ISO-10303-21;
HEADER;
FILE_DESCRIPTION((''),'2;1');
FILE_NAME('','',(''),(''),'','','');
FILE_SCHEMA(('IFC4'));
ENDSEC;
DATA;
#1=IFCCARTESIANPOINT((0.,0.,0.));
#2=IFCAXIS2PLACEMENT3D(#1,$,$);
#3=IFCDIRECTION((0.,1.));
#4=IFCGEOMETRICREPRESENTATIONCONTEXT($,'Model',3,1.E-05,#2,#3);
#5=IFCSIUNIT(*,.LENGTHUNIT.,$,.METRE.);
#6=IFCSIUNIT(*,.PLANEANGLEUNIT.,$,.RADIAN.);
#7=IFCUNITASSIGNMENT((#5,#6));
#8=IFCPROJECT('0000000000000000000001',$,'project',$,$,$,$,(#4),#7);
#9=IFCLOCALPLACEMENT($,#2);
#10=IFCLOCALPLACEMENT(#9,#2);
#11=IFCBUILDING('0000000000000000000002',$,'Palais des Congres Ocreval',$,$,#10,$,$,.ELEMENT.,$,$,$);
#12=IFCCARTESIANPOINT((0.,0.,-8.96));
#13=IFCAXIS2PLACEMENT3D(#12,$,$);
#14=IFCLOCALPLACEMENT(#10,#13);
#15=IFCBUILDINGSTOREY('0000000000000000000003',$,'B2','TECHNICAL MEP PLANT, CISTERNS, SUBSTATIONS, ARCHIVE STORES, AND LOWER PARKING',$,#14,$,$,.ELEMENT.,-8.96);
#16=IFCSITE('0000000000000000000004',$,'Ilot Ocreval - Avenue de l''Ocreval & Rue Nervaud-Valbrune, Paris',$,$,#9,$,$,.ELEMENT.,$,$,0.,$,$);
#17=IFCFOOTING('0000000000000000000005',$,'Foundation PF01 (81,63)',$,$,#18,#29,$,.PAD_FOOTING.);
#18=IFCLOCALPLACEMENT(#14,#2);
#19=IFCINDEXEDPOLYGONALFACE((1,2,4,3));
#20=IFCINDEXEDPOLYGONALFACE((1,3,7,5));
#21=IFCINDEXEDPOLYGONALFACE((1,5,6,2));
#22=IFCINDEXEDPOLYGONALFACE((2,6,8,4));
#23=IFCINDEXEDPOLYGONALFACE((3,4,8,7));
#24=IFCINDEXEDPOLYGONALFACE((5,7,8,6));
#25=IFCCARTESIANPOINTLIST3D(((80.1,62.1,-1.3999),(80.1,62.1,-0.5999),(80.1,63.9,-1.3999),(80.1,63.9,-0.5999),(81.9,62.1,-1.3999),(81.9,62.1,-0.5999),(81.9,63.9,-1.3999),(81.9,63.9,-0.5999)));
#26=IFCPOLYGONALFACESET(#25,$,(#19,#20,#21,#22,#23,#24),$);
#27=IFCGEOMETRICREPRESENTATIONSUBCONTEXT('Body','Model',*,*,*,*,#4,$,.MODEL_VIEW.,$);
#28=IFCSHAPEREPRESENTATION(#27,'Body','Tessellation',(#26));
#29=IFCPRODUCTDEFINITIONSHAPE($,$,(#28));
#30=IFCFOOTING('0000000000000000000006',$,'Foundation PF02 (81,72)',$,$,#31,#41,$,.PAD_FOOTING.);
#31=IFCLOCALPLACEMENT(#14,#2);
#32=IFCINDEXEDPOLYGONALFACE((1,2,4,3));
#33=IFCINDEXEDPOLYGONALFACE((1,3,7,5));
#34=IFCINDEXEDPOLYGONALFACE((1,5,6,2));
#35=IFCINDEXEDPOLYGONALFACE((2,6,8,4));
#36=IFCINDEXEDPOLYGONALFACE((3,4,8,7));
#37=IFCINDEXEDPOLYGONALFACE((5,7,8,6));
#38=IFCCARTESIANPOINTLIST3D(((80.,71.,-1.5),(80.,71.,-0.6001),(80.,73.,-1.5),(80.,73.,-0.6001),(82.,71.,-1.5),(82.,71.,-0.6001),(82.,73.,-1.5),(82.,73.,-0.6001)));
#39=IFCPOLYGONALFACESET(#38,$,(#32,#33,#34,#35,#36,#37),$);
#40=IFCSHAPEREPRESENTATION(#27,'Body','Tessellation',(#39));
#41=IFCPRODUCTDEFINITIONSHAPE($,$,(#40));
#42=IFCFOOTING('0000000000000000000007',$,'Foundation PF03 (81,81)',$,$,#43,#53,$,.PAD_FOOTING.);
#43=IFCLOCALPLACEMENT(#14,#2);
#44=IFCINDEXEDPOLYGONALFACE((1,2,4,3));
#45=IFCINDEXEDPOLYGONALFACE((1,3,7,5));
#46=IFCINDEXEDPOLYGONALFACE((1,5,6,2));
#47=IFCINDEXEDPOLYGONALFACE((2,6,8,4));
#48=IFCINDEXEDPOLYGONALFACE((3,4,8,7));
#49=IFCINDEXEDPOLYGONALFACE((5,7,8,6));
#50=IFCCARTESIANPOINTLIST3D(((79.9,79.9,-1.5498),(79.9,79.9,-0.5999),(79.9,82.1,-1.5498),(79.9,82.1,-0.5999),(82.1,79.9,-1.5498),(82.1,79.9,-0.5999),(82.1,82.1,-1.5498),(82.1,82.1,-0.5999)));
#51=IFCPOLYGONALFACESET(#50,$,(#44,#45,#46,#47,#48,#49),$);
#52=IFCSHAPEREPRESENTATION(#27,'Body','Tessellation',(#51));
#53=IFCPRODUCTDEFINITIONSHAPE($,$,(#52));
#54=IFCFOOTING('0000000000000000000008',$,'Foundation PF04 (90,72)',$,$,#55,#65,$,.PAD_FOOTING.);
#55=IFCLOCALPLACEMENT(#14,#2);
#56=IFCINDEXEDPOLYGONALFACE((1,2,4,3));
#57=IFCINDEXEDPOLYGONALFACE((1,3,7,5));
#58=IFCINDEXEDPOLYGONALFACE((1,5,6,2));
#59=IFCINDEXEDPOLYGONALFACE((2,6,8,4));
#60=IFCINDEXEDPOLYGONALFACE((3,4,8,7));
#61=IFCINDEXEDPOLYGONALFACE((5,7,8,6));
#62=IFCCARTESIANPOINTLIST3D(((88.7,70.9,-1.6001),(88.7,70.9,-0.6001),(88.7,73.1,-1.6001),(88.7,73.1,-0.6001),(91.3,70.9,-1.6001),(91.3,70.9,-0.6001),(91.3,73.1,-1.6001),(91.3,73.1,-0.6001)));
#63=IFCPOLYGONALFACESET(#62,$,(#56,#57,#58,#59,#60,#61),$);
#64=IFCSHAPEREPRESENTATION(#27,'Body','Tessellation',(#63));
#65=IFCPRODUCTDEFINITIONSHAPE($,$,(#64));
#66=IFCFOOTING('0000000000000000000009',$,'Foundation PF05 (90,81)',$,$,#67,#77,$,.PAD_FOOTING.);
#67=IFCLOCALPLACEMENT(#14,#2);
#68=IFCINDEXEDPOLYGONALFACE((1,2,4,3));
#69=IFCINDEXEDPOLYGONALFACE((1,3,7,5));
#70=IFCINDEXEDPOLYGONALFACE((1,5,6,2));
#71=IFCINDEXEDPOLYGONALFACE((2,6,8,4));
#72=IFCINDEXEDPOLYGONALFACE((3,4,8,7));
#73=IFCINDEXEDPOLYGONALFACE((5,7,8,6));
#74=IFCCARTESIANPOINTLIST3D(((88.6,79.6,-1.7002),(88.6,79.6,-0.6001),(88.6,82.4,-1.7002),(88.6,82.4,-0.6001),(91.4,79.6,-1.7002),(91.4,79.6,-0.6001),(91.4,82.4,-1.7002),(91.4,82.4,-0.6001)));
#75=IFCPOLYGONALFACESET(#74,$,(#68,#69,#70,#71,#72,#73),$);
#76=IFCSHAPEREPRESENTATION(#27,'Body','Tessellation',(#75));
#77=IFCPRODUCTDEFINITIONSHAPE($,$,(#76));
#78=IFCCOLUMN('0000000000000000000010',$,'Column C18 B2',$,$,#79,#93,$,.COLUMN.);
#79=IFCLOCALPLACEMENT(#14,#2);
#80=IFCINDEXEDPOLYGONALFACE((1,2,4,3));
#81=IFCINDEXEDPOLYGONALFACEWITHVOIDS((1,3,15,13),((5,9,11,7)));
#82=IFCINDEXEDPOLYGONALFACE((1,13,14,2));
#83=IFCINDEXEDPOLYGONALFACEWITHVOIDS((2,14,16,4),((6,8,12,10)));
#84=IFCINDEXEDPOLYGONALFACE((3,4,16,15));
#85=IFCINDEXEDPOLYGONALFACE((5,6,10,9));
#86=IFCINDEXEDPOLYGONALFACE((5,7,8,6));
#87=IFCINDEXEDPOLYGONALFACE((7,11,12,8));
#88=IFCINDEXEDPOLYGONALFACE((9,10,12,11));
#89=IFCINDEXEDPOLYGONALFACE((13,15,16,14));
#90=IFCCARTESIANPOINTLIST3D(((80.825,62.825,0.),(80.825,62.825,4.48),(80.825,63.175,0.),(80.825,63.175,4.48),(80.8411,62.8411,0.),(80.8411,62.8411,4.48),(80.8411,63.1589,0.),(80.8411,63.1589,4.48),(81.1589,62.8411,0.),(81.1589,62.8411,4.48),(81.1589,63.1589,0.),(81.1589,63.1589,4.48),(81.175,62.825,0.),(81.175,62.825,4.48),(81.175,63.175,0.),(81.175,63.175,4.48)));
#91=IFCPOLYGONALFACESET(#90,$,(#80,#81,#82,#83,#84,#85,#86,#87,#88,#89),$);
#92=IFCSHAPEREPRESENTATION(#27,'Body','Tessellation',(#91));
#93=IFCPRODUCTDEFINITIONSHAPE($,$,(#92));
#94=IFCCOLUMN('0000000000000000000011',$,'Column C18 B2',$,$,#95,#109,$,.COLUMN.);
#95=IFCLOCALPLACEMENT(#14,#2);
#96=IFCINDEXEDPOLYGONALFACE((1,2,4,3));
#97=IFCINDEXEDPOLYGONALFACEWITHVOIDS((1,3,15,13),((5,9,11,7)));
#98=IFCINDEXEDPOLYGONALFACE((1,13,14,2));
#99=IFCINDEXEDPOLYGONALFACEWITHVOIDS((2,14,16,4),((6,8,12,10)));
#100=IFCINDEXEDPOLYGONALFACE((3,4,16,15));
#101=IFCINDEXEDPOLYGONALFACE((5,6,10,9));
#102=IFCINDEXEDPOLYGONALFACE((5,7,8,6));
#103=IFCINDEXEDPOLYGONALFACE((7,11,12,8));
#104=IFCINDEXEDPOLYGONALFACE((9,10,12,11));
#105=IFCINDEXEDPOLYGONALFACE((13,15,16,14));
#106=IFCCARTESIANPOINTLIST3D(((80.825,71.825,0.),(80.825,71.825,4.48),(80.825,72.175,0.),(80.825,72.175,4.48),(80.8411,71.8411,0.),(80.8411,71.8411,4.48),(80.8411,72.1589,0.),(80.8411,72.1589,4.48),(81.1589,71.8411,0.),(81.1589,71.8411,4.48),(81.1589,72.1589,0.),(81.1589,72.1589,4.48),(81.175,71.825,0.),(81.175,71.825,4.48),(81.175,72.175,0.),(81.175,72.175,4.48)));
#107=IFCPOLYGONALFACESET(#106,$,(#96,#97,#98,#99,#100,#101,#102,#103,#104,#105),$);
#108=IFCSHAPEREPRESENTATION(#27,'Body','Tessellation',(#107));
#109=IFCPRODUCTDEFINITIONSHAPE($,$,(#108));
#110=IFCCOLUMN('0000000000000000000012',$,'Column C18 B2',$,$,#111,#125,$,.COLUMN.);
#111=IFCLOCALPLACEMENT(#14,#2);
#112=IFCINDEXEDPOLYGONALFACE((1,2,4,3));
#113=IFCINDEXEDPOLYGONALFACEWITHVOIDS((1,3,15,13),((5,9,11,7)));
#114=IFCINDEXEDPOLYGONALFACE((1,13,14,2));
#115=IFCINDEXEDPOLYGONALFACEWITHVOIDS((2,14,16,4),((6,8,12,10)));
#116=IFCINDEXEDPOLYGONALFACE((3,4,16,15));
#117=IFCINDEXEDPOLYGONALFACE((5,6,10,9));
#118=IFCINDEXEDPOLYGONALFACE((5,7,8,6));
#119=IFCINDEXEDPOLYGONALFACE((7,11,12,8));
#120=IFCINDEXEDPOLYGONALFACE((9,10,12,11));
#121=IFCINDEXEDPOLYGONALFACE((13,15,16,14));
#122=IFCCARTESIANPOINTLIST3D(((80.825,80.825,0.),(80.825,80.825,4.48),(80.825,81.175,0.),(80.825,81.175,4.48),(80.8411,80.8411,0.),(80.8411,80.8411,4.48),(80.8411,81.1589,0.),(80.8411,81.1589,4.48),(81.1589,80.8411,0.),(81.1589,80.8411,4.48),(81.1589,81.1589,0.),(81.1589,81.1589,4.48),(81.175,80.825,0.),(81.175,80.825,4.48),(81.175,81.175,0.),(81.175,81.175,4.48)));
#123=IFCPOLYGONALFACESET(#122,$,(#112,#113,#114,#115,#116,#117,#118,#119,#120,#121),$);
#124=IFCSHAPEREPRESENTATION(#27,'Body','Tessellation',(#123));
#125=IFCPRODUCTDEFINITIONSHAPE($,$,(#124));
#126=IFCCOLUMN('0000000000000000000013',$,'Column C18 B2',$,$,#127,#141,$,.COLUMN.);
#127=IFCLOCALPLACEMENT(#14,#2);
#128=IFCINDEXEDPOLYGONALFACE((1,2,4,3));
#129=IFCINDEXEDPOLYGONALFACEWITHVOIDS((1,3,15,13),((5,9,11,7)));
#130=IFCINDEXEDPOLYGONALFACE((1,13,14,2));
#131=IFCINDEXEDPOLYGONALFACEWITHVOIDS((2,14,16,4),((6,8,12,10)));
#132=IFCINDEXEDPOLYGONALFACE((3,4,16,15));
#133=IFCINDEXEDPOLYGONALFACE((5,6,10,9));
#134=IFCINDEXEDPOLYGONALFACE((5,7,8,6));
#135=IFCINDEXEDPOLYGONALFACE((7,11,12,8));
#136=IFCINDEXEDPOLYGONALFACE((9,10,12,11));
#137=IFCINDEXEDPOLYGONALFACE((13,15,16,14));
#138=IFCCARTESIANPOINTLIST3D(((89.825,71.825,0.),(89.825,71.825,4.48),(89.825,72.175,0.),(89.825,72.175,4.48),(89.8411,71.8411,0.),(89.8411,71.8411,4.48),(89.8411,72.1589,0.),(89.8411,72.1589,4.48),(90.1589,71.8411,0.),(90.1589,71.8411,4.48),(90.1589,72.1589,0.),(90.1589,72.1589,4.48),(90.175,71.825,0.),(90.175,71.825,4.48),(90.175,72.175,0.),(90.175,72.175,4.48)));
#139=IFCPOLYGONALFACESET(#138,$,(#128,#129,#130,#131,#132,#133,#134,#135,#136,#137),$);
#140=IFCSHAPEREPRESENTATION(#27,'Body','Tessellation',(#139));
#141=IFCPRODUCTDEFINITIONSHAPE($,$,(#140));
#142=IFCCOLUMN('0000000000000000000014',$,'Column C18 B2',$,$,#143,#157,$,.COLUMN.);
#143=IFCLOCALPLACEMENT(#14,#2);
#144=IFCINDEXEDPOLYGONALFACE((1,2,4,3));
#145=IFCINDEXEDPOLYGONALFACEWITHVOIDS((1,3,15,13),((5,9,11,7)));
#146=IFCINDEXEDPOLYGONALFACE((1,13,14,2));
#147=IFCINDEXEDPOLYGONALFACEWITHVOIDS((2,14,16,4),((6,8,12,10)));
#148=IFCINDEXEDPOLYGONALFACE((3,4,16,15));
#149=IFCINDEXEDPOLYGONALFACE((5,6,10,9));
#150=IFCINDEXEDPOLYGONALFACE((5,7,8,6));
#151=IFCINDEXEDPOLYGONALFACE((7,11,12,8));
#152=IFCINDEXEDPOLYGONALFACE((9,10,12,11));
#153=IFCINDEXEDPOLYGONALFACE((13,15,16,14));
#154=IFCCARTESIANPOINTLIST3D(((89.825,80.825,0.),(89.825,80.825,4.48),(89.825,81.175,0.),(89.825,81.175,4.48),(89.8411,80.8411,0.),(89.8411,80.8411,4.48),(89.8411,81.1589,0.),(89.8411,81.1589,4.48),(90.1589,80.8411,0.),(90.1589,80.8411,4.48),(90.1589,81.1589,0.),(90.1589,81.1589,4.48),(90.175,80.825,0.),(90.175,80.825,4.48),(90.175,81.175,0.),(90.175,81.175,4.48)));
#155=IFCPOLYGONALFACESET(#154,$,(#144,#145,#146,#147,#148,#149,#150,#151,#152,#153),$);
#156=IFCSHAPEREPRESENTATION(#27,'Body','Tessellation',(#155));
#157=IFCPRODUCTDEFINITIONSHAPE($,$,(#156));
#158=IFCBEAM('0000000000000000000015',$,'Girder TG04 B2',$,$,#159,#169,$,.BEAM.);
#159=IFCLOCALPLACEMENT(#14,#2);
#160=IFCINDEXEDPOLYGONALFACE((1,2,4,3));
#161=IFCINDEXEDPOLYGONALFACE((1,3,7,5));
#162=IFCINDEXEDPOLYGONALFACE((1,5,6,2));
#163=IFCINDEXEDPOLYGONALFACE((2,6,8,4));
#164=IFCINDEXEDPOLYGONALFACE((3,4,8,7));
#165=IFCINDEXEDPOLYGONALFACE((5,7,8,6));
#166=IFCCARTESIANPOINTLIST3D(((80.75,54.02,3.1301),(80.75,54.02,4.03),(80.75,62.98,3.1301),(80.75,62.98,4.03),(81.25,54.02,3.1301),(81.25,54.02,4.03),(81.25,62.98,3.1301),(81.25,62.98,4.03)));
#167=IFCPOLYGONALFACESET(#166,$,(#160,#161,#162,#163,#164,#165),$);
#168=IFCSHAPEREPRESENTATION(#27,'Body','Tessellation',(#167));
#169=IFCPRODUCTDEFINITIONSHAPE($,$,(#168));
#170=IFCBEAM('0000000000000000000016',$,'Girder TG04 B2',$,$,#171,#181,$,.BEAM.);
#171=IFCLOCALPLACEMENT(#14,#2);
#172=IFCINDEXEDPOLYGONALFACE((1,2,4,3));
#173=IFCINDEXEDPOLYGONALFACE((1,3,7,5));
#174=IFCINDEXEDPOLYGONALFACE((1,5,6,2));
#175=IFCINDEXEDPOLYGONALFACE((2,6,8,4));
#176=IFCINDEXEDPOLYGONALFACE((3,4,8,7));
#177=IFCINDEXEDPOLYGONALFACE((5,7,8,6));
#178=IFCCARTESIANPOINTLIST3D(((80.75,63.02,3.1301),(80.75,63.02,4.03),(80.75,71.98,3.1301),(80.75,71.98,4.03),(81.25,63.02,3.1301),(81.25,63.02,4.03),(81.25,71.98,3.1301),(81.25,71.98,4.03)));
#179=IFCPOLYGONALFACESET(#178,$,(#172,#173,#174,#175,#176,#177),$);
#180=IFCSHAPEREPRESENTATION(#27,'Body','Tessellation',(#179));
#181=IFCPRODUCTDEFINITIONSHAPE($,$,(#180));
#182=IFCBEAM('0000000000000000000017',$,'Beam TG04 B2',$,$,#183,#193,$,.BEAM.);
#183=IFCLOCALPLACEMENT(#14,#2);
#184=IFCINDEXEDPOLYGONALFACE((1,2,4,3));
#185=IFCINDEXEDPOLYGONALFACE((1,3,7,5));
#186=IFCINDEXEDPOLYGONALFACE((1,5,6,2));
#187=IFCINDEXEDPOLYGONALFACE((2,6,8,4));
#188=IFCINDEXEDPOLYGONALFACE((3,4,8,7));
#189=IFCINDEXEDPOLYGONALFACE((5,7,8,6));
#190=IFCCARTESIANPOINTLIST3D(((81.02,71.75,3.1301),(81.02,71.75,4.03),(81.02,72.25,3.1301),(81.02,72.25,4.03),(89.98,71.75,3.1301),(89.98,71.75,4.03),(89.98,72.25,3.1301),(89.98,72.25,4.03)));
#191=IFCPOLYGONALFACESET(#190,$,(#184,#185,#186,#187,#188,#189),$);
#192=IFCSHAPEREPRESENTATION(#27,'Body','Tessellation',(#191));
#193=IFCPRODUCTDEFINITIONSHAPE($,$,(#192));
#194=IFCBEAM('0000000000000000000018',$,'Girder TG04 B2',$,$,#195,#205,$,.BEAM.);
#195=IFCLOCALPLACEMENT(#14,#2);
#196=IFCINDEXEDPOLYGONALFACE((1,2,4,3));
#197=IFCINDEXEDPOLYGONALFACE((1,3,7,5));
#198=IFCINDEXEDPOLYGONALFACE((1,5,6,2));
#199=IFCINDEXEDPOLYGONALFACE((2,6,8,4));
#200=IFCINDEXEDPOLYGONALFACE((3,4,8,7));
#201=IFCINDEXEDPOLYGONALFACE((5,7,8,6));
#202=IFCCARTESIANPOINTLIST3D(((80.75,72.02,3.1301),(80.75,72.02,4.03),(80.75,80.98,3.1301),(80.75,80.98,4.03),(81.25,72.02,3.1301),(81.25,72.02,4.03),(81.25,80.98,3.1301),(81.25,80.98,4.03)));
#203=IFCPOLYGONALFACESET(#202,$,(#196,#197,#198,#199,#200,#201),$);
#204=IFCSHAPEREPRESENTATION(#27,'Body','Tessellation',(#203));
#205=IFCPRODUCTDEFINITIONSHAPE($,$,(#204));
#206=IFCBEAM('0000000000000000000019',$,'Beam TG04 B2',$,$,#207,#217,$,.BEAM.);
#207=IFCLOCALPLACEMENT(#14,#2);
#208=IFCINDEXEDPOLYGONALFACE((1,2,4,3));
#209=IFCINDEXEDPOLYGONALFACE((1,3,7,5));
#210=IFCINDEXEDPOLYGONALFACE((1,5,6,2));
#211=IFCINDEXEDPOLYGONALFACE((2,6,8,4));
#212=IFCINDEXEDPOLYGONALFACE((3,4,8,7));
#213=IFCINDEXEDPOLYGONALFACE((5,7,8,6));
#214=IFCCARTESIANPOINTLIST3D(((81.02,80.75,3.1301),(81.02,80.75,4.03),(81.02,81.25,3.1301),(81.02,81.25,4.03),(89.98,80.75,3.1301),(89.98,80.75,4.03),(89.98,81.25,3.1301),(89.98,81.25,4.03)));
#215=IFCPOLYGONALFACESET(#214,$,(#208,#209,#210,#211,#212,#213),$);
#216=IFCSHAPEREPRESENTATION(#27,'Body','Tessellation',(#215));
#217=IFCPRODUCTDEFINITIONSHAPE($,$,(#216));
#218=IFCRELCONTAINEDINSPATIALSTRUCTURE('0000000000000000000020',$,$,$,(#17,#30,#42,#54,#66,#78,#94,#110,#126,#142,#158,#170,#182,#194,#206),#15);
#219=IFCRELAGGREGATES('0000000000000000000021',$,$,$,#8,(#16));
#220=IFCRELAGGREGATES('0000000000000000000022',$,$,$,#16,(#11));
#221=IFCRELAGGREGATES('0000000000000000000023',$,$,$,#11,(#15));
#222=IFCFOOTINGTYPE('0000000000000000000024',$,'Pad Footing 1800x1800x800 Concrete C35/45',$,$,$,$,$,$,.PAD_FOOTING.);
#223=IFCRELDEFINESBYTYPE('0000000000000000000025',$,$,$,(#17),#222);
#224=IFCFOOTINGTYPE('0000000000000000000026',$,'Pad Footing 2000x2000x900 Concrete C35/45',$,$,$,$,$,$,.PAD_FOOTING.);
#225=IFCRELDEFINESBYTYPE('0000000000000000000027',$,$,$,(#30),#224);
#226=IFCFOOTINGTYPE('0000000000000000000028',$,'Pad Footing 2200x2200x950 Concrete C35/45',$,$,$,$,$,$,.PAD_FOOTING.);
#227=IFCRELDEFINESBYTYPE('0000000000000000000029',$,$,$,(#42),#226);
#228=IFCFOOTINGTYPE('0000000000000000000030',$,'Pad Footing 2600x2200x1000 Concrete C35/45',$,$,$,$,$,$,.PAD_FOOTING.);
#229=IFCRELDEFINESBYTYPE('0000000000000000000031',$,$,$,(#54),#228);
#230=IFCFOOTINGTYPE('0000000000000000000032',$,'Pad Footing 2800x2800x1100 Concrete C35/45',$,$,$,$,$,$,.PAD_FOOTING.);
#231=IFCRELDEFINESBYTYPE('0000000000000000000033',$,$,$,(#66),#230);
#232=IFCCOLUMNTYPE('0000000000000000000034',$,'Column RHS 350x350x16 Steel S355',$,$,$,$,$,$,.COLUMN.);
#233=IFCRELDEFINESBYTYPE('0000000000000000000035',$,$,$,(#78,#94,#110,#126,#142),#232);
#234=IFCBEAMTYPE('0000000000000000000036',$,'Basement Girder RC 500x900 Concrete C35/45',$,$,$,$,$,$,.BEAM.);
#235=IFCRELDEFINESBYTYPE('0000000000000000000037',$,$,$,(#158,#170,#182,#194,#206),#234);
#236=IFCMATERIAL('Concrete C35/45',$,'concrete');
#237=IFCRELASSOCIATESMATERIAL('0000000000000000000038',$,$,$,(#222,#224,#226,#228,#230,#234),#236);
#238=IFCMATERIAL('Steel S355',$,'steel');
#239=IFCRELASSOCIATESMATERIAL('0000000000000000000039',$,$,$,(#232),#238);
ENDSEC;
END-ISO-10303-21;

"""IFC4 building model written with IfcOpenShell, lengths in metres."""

from ifc_helpers import new_model, si_unit, direction, frame, origin, origin_2d, place, context, subcontext, project, spatial, rectangle, hollow_rectangle, extrude, material, material_profile, profile_set, type_object, element, save


model = new_model("IFC4")

# Units and contexts
model_context = context("Model", 3, precision=1e-05, world=origin(), true_north=direction((0.0, 1.0)))
body_context = subcontext(model_context, "Body", "Model", "MODEL_VIEW")
ifc_project = project(units=[si_unit("LENGTHUNIT", "METRE"), si_unit("PLANEANGLEUNIT", "RADIAN")], contexts=[model_context])

# Site, building, storey
site_placement = place(None, origin())
site = spatial("IfcSite", under=ifc_project, at=site_placement, Name="Ilot Ocreval - Avenue de l'Ocreval & Rue Nervaud-Valbrune, Paris", CompositionType="ELEMENT", RefElevation=0.0)
building_placement = place(site_placement, origin())
building = spatial("IfcBuilding", under=site, at=building_placement, Name="Palais des Congres Ocreval", CompositionType="ELEMENT")
storey_placement = place(building_placement, frame((0.0, 0.0, -8.96)))
storey = spatial("IfcBuildingStorey", under=building, at=storey_placement, Name="B2", Description="TECHNICAL MEP PLANT, CISTERNS, SUBSTATIONS, ARCHIVE STORES, AND LOWER PARKING", CompositionType="ELEMENT", Elevation=-8.96)

# Footings
ifc_material_1 = material(Name="Concrete C35/45", Category="concrete")
footing_type_1 = type_object("IfcFootingType", Name="Pad Footing 1800x1800x800 Concrete C35/45", PredefinedType="PAD_FOOTING", material=ifc_material_1)
footing_1_placement = place(storey_placement, frame((81.0, 63.0, -1.3999), z_axis=(0.0, 0.0, 1.0), x_axis=(1.0, 0.0, 0.0)))
element("IfcFooting", 1, at=footing_1_placement, inside=storey, type_object=footing_type_1, Name="Foundation PF01 (81,63)", PredefinedType="PAD_FOOTING", context=body_context, shape_type="SweptSolid", body=[
    extrude(rectangle(XDim=1.8, YDim=1.8, at=origin_2d()), origin(), (0.0, 0.0, 1.0), 0.8),
])
footing_type_2 = type_object("IfcFootingType", Name="Pad Footing 2000x2000x900 Concrete C35/45", PredefinedType="PAD_FOOTING", material=ifc_material_1)
footing_2_placement = place(storey_placement, frame((81.0, 72.0, -1.5), z_axis=(0.0, 0.0, 1.0), x_axis=(1.0, 0.0, 0.0)))
element("IfcFooting", 2, at=footing_2_placement, inside=storey, type_object=footing_type_2, Name="Foundation PF02 (81,72)", PredefinedType="PAD_FOOTING", context=body_context, shape_type="SweptSolid", body=[
    extrude(rectangle(XDim=2.0, YDim=2.0, at=origin_2d()), origin(), (0.0, 0.0, 1.0), 0.8999),
])
footing_type_3 = type_object("IfcFootingType", Name="Pad Footing 2200x2200x950 Concrete C35/45", PredefinedType="PAD_FOOTING", material=ifc_material_1)
footing_3_placement = place(storey_placement, frame((81.0, 81.0, -1.5498), z_axis=(0.0, 0.0, 1.0), x_axis=(1.0, 0.0, 0.0)))
element("IfcFooting", 3, at=footing_3_placement, inside=storey, type_object=footing_type_3, Name="Foundation PF03 (81,81)", PredefinedType="PAD_FOOTING", context=body_context, shape_type="SweptSolid", body=[
    extrude(rectangle(XDim=2.2, YDim=2.2, at=origin_2d()), origin(), (0.0, 0.0, 1.0), 0.95),
])
footing_type_4 = type_object("IfcFootingType", Name="Pad Footing 2600x2200x1000 Concrete C35/45", PredefinedType="PAD_FOOTING", material=ifc_material_1)
footing_4_placement = place(storey_placement, frame((90.0, 72.0, -1.6001), z_axis=(0.0, 0.0, 1.0), x_axis=(1.0, 0.0, 0.0)))
element("IfcFooting", 4, at=footing_4_placement, inside=storey, type_object=footing_type_4, Name="Foundation PF04 (90,72)", PredefinedType="PAD_FOOTING", context=body_context, shape_type="SweptSolid", body=[
    extrude(rectangle(XDim=2.6001, YDim=2.2, at=origin_2d()), origin(), (0.0, 0.0, 1.0), 1.0),
])
footing_type_5 = type_object("IfcFootingType", Name="Pad Footing 2800x2800x1100 Concrete C35/45", PredefinedType="PAD_FOOTING", material=ifc_material_1)
footing_5_placement = place(storey_placement, frame((90.0, 81.0, -1.7002), z_axis=(0.0, 0.0, 1.0), x_axis=(1.0, 0.0, 0.0)))
element("IfcFooting", 5, at=footing_5_placement, inside=storey, type_object=footing_type_5, Name="Foundation PF05 (90,81)", PredefinedType="PAD_FOOTING", context=body_context, shape_type="SweptSolid", body=[
    extrude(rectangle(XDim=2.8, YDim=2.8, at=origin_2d()), origin(), (0.0, 0.0, 1.0), 1.1001),
])

# Columns
ifc_material_2 = material(Name="Steel S355", Category="steel")
ifc_material_profile_1 = material_profile(ifc_material_2, hollow_rectangle(XDim=0.3501, YDim=0.3501, WallThickness=0.0161, at=origin_2d()), Name="RHS 350x350x16")
ifc_profile_set_1 = profile_set([ifc_material_profile_1], Name="Steel S355")
column_type = type_object("IfcColumnType", Name="Column RHS 350x350x16 Steel S355", PredefinedType="COLUMN", material=ifc_profile_set_1)
for number, where, z_axis, x_axis, name in (
    (6, (81.0, 63.0, 0.0), (0.0, 0.0, 1.0), (1.0, 0.0, 0.0), "Column C18 B2"),
    (7, (81.0, 72.0, 0.0), (0.0, 0.0, 1.0), (1.0, 0.0, 0.0), "Column C18 B2"),
    (8, (81.0, 81.0, 0.0), (0.0, 0.0, 1.0), (1.0, 0.0, 0.0), "Column C18 B2"),
    (9, (90.0, 72.0, 0.0), (0.0, 0.0, 1.0), (1.0, 0.0, 0.0), "Column C18 B2"),
    (10, (90.0, 81.0, 0.0), (0.0, 0.0, 1.0), (1.0, 0.0, 0.0), "Column C18 B2"),
):
    element("IfcColumn", number, at=place(storey_placement, frame(where, z_axis=z_axis, x_axis=x_axis)), inside=storey, type_object=column_type, Name=name, PredefinedType="COLUMN", context=body_context, shape_type="SweptSolid", body=[
        extrude(hollow_rectangle(XDim=0.3501, YDim=0.3501, WallThickness=0.0161, at=origin_2d()), origin(), (0.0, 0.0, 1.0), 4.48),
    ])

# Beams
ifc_material_profile_2 = material_profile(ifc_material_1, rectangle(XDim=0.5, YDim=0.8999, at=origin_2d()), Name="RC 500x900")
ifc_profile_set_2 = profile_set([ifc_material_profile_2], Name="Concrete C35/45")
beam_type = type_object("IfcBeamType", Name="Basement Girder RC 500x900 Concrete C35/45", PredefinedType="BEAM", material=ifc_profile_set_2)
for number, where, z_axis, x_axis, name in (
    (11, (81.0, 54.02, 3.5801), (0.0, 1.0, 0.0), (-1.0, 0.0, 0.0), "Girder TG04 B2"),
    (12, (81.0, 63.02, 3.5801), (0.0, 1.0, 0.0), (-1.0, 0.0, 0.0), "Girder TG04 B2"),
    (13, (81.02, 72.0, 3.5801), (1.0, 0.0, 0.0), (0.0, 1.0, 0.0), "Beam TG04 B2"),
    (14, (81.0, 72.02, 3.5801), (0.0, 1.0, 0.0), (-1.0, 0.0, 0.0), "Girder TG04 B2"),
    (15, (81.02, 81.0, 3.5801), (1.0, 0.0, 0.0), (0.0, 1.0, 0.0), "Beam TG04 B2"),
):
    element("IfcBeam", number, at=place(storey_placement, frame(where, z_axis=z_axis, x_axis=x_axis)), inside=storey, type_object=beam_type, Name=name, PredefinedType="BEAM", context=body_context, shape_type="SweptSolid", body=[
        extrude(rectangle(XDim=0.5, YDim=0.8999, at=origin_2d()), origin(), (0.0, 0.0, 1.0), 8.96),
    ])

save(model, "model.ifc")
